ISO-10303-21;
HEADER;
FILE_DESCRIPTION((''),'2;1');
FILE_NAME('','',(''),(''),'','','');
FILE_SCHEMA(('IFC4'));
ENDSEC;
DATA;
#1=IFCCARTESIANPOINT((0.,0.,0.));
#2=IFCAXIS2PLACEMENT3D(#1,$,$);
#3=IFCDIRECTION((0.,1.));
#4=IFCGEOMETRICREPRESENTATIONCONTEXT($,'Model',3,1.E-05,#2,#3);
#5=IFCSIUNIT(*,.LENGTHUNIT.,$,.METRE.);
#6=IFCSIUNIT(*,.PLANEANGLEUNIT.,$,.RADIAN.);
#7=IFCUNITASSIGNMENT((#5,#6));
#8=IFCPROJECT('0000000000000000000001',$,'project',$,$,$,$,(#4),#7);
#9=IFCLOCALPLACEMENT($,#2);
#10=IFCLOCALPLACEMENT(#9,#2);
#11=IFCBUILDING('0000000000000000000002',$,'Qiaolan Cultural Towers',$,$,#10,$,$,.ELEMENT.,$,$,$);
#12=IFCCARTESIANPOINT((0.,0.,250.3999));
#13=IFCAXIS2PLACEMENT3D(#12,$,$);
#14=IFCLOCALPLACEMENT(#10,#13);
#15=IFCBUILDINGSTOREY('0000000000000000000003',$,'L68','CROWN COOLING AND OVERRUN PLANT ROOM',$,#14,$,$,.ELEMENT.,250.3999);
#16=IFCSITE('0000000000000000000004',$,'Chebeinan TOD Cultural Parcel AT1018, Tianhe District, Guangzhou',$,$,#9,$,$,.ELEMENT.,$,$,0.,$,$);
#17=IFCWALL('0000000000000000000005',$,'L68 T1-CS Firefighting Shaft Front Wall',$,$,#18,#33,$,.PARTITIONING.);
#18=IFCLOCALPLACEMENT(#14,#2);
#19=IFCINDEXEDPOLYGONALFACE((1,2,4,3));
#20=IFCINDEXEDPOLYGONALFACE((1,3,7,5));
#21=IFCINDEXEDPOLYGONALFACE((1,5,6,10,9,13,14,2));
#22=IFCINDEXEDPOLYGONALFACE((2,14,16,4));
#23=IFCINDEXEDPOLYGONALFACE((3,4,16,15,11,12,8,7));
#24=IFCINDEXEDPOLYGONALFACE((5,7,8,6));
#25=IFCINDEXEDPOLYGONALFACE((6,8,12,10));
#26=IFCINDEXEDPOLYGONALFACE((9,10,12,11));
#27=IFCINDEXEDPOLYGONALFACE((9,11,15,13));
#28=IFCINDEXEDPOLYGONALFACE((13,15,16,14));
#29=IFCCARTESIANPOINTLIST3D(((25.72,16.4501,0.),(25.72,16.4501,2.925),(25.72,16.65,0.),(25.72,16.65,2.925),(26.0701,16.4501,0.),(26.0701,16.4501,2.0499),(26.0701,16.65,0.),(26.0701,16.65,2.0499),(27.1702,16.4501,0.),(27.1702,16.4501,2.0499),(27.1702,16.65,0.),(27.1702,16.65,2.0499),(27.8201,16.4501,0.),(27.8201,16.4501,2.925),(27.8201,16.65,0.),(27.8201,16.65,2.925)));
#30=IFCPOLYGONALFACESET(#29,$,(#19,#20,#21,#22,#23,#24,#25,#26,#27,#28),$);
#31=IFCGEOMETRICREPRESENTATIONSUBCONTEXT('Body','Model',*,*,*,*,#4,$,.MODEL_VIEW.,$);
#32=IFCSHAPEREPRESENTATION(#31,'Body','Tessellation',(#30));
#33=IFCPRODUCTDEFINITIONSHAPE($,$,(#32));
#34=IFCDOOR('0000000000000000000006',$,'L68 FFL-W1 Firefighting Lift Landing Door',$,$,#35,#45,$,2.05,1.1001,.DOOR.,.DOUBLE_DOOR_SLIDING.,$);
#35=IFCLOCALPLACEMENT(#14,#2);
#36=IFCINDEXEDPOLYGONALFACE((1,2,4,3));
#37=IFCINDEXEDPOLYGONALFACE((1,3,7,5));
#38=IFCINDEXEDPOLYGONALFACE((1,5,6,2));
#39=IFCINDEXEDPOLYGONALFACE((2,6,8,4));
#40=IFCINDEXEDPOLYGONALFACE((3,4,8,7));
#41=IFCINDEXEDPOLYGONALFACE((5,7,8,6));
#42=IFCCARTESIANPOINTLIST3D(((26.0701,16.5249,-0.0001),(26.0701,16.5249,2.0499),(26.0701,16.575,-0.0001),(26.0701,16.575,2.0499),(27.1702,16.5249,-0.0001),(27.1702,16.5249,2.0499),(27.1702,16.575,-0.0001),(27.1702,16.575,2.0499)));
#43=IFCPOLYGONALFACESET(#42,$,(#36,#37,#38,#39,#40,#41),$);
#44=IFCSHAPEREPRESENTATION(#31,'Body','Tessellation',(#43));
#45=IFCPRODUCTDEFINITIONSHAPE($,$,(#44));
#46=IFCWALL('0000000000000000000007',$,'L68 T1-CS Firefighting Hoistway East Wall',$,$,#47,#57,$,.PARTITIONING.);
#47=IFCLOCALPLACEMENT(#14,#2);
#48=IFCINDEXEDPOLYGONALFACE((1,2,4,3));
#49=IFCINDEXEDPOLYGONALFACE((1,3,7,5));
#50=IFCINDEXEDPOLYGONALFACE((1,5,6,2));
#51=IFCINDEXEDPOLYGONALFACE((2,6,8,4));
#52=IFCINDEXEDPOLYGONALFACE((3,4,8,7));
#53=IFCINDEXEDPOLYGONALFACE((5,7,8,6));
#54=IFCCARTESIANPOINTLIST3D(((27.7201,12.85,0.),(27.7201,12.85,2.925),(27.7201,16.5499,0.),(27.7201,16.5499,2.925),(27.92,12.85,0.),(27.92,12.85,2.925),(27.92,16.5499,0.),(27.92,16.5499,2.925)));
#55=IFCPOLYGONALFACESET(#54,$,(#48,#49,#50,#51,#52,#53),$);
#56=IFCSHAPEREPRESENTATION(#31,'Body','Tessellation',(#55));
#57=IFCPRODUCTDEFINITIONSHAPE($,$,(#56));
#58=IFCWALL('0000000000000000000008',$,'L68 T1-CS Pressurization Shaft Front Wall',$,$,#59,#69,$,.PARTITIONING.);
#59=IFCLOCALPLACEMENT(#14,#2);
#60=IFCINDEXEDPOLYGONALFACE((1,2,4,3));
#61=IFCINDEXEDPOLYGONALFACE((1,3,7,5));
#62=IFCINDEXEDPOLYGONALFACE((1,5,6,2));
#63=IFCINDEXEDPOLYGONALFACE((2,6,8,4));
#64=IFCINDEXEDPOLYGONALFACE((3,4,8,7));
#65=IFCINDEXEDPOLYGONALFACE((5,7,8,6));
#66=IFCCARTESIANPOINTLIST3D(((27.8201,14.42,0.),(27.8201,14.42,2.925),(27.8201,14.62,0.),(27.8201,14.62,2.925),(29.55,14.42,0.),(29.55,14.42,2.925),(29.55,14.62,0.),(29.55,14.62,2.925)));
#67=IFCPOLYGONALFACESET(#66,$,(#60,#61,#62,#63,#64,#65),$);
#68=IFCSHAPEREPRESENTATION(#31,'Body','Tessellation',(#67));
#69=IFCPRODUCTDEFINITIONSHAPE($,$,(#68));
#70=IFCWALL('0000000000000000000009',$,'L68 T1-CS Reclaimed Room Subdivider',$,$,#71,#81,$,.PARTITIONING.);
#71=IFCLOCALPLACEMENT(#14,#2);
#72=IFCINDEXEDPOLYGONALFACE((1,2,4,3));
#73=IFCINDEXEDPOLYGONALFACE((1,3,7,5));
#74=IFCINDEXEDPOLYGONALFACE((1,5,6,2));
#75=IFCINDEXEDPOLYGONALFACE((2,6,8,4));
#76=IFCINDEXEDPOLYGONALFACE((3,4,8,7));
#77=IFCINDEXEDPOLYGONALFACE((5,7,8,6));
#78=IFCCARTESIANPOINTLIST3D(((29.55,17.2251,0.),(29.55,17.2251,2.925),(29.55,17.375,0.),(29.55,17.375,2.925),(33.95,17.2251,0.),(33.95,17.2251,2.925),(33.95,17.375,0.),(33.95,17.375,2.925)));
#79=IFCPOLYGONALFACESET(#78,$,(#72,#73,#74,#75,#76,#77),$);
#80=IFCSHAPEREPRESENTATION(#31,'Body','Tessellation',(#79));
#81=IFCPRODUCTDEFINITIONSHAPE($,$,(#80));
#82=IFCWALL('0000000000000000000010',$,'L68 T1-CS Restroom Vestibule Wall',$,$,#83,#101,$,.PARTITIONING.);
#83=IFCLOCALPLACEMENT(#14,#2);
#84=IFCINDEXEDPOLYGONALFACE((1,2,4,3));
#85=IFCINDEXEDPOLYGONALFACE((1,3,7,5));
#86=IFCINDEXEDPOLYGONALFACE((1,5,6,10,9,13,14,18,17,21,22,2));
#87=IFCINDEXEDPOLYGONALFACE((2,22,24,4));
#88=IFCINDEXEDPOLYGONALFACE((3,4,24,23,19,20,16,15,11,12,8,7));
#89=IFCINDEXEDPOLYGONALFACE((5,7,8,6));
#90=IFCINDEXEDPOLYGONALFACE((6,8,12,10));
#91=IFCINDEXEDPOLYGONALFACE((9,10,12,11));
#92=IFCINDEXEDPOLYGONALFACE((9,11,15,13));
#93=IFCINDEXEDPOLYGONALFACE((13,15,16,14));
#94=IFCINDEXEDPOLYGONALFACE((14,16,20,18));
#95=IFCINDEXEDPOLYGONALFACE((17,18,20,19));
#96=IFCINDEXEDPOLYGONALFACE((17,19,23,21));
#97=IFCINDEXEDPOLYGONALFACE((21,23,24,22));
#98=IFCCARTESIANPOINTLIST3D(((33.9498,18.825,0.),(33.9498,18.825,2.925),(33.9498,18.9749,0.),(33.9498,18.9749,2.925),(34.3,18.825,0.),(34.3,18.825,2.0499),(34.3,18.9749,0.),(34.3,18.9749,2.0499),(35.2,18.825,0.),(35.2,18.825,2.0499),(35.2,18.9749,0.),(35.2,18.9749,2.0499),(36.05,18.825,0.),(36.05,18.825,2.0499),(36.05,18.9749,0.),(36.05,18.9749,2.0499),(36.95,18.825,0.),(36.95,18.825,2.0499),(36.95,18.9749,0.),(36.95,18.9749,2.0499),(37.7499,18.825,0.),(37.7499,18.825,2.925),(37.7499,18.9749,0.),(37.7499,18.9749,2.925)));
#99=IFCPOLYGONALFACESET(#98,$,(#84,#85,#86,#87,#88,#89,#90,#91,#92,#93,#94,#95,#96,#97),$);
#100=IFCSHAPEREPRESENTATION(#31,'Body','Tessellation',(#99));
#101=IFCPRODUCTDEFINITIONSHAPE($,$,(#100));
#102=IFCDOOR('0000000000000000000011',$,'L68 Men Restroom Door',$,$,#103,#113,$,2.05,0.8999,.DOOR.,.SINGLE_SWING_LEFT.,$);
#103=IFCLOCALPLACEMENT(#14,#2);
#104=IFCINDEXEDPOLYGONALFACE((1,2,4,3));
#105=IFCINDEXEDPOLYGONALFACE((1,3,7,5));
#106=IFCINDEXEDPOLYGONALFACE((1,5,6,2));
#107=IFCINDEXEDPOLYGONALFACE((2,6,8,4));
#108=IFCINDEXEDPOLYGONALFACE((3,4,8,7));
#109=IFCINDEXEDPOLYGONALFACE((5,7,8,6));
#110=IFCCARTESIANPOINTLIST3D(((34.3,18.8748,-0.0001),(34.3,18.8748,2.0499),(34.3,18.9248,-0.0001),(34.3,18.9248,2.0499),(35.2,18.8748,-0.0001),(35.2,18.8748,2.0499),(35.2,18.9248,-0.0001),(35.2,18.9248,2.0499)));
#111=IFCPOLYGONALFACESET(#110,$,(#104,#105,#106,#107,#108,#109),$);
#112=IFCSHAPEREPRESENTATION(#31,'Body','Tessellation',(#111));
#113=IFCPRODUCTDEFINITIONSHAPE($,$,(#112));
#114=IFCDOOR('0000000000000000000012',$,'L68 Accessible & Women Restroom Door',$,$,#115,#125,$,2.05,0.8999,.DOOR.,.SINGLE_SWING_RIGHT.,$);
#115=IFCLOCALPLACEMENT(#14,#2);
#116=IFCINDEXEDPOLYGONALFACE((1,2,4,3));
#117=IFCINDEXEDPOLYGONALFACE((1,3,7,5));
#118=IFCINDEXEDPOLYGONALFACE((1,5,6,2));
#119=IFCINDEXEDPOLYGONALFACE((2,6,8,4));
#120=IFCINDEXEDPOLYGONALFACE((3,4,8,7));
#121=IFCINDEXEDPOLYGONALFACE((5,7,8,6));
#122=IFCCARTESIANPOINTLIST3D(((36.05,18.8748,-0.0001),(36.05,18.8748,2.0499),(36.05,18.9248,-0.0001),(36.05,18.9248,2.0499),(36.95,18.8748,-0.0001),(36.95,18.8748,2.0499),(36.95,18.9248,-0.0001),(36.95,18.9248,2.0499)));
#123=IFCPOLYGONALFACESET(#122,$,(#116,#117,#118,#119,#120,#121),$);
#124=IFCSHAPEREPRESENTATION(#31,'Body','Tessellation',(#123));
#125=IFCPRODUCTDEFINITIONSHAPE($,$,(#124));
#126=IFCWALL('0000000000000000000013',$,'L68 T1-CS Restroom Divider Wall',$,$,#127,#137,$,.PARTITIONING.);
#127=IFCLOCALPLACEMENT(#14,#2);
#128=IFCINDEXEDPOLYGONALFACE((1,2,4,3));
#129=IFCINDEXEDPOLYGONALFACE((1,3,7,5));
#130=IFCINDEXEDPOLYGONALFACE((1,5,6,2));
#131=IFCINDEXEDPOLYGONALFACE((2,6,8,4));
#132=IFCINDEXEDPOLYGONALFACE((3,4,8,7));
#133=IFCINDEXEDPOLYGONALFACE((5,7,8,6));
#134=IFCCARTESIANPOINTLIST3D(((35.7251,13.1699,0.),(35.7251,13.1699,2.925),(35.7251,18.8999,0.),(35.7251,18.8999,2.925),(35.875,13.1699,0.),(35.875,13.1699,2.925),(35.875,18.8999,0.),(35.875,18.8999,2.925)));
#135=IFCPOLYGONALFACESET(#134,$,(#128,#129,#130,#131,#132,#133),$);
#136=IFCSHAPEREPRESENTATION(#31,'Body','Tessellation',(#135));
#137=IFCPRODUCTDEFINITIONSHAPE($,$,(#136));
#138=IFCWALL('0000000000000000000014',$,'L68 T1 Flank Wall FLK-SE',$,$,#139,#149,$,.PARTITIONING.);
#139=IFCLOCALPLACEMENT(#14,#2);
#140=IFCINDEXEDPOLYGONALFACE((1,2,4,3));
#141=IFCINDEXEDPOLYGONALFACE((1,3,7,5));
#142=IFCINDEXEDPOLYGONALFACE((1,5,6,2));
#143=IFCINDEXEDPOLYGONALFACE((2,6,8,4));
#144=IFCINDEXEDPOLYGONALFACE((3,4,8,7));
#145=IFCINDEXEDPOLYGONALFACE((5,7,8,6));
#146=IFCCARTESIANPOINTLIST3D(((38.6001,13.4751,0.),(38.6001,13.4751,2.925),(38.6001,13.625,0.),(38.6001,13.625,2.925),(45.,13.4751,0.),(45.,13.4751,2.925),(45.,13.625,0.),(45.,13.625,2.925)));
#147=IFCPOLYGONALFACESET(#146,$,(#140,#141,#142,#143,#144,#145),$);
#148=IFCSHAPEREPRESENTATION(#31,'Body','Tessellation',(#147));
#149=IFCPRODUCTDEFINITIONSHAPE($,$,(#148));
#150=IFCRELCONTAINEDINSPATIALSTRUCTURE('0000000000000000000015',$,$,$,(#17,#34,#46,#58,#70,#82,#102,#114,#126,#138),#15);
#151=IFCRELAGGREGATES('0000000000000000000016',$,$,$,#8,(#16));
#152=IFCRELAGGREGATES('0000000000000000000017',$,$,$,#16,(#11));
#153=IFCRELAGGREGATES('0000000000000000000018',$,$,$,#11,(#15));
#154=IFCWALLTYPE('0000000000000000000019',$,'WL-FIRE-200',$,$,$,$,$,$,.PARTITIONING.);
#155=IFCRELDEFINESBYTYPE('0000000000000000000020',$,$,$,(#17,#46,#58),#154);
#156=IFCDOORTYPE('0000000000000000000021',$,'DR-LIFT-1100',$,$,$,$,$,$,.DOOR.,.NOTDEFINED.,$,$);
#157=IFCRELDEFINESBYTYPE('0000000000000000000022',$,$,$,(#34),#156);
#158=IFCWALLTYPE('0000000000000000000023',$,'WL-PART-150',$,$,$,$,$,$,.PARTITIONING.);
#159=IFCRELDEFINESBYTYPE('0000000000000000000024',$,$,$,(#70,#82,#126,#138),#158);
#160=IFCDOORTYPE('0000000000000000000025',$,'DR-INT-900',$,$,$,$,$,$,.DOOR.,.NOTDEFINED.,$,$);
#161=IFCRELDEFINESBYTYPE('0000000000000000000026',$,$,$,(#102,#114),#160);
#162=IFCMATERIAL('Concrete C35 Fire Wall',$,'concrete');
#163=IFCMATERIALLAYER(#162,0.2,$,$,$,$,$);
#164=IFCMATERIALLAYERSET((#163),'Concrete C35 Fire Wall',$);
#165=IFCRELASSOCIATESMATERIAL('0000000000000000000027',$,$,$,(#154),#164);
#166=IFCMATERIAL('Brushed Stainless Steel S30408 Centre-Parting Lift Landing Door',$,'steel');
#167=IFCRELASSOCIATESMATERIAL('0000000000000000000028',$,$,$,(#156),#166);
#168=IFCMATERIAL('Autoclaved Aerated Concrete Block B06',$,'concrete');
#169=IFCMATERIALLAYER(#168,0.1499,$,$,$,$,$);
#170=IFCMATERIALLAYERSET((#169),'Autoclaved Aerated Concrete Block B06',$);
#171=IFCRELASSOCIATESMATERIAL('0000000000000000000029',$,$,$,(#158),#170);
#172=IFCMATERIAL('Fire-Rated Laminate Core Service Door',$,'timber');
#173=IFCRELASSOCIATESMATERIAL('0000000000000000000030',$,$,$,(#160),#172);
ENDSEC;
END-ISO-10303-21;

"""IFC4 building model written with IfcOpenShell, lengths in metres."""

from ifc_helpers import new_model, si_unit, direction, frame, frame_2d, origin, place, context, subcontext, project, spatial, rectangle, extrude, material, layer, layer_set, type_object, element, fill, save


model = new_model("IFC4")

# Units and contexts
model_context = context("Model", 3, precision=1e-05, world=origin(), true_north=direction((0.0, 1.0)))
body_context = subcontext(model_context, "Body", "Model", "MODEL_VIEW")
ifc_project = project(units=[si_unit("LENGTHUNIT", "METRE"), si_unit("PLANEANGLEUNIT", "RADIAN")], contexts=[model_context])

# Site, building, storey
site_placement = place(None, origin())
site = spatial("IfcSite", under=ifc_project, at=site_placement, Name="Chebeinan TOD Cultural Parcel AT1018, Tianhe District, Guangzhou", CompositionType="ELEMENT", RefElevation=0.0)
building_placement = place(site_placement, origin())
building = spatial("IfcBuilding", under=site, at=building_placement, Name="Qiaolan Cultural Towers", CompositionType="ELEMENT")
storey_placement = place(building_placement, frame((0.0, 0.0, 250.3999)))
storey = spatial("IfcBuildingStorey", under=building, at=storey_placement, Name="L68", Description="CROWN COOLING AND OVERRUN PLANT ROOM", CompositionType="ELEMENT", Elevation=250.3999)

# Shared definitions
ifc_material_1 = material(Name="Concrete C35 Fire Wall", Category="concrete")
ifc_layer_1 = layer(ifc_material_1, 0.2)
ifc_layer_set_1 = layer_set([ifc_layer_1], Name="Concrete C35 Fire Wall")
wall_type_1 = type_object("IfcWallType", Name="WL-FIRE-200", PredefinedType="PARTITIONING", material=ifc_layer_set_1)

# Wall, opening, door
wall_1_placement = place(storey_placement, frame((25.72, 16.55, 0.0), z_axis=(0.0, 0.0, 1.0), x_axis=(1.0, 0.0, 0.0)))
wall_1 = element("IfcWall", 1, at=wall_1_placement, inside=storey, type_object=wall_type_1, Name="L68 T1-CS Firefighting Shaft Front Wall", PredefinedType="PARTITIONING", context=body_context, shape_type="SweptSolid", body=[
    extrude(rectangle(XDim=2.1001, YDim=0.2, at=frame_2d((1.05, 0.0))), origin(), (0.0, 0.0, 1.0), 2.925),
])
opening_1_placement = place(wall_1_placement, frame((0.3501, 0.0, 0.0)))
opening_1 = element("IfcOpeningElement", 2, at=opening_1_placement, cuts=wall_1, PredefinedType="OPENING", context=body_context, shape_type="SweptSolid", body=[
    extrude(rectangle(XDim=1.1001, YDim=2.05, at=frame_2d((0.55, 1.0249))), frame((0.0, 0.1099, 0.0), z_axis=(0.0, -1.0, 0.0), x_axis=(1.0, 0.0, 0.0)), (0.0, 0.0, 1.0), 0.22),
])
ifc_material_2 = material(Name="Brushed Stainless Steel S30408 Centre-Parting Lift Landing Door", Category="steel")
door_type_1 = type_object("IfcDoorType", Name="DR-LIFT-1100", OperationType="NOTDEFINED", PredefinedType="DOOR", material=ifc_material_2)
door_1_placement = place(opening_1_placement, origin())
door_1 = element("IfcDoor", 3, at=door_1_placement, inside=storey, type_object=door_type_1, Name="L68 FFL-W1 Firefighting Lift Landing Door", OperationType="DOUBLE_DOOR_SLIDING", OverallHeight=2.05, OverallWidth=1.1001, PredefinedType="DOOR", context=body_context, shape_type="SweptSolid", body=[
    extrude(rectangle(XDim=1.1001, YDim=2.05, at=frame_2d((0.55, 1.0249))), frame((0.0, 0.0249, 0.0), z_axis=(0.0, -1.0, 0.0), x_axis=(1.0, 0.0, 0.0)), (0.0, 0.0, 1.0), 0.05),
])
fill(opening_1, door_1)

# Walls
wall_2_placement = place(storey_placement, frame((27.8201, 16.55, 0.0), z_axis=(0.0, 0.0, 1.0), x_axis=(0.0, -1.0, 0.0)))
element("IfcWall", 4, at=wall_2_placement, inside=storey, type_object=wall_type_1, Name="L68 T1-CS Firefighting Hoistway East Wall", PredefinedType="PARTITIONING", context=body_context, shape_type="SweptSolid", body=[
    extrude(rectangle(XDim=3.7, YDim=0.2, at=frame_2d((1.8501, 0.0))), origin(), (0.0, 0.0, 1.0), 2.925),
])
wall_3_placement = place(storey_placement, frame((27.8201, 14.52, 0.0), z_axis=(0.0, 0.0, 1.0), x_axis=(1.0, 0.0, 0.0)))
element("IfcWall", 5, at=wall_3_placement, inside=storey, type_object=wall_type_1, Name="L68 T1-CS Pressurization Shaft Front Wall", PredefinedType="PARTITIONING", context=body_context, shape_type="SweptSolid", body=[
    extrude(rectangle(XDim=1.73, YDim=0.2, at=frame_2d((0.865, 0.0))), origin(), (0.0, 0.0, 1.0), 2.925),
])
ifc_material_3 = material(Name="Autoclaved Aerated Concrete Block B06", Category="concrete")
ifc_layer_2 = layer(ifc_material_3, 0.1499)
ifc_layer_set_2 = layer_set([ifc_layer_2], Name="Autoclaved Aerated Concrete Block B06")
wall_type_2 = type_object("IfcWallType", Name="WL-PART-150", PredefinedType="PARTITIONING", material=ifc_layer_set_2)
wall_4_placement = place(storey_placement, frame((29.55, 17.3, 0.0), z_axis=(0.0, 0.0, 1.0), x_axis=(1.0, 0.0, 0.0)))
element("IfcWall", 6, at=wall_4_placement, inside=storey, type_object=wall_type_2, Name="L68 T1-CS Reclaimed Room Subdivider", PredefinedType="PARTITIONING", context=body_context, shape_type="SweptSolid", body=[
    extrude(rectangle(XDim=4.3999, YDim=0.1499, at=frame_2d((2.2, 0.0))), origin(), (0.0, 0.0, 1.0), 2.925),
])

# Wall, openings, doors
wall_5_placement = place(storey_placement, frame((33.95, 18.8999, 0.0), z_axis=(0.0, 0.0, 1.0), x_axis=(1.0, 0.0, 0.0)))
wall_5 = element("IfcWall", 7, at=wall_5_placement, inside=storey, type_object=wall_type_2, Name="L68 T1-CS Restroom Vestibule Wall", PredefinedType="PARTITIONING", context=body_context, shape_type="SweptSolid", body=[
    extrude(rectangle(XDim=3.8, YDim=0.1499, at=frame_2d((1.8999, 0.0))), origin(), (0.0, 0.0, 1.0), 2.925),
])
opening_2_placement = place(wall_5_placement, frame((0.3501, 0.0, 0.0)))
opening_2 = element("IfcOpeningElement", 8, at=opening_2_placement, cuts=wall_5, PredefinedType="OPENING", context=body_context, shape_type="SweptSolid", body=[
    extrude(rectangle(XDim=0.8999, YDim=2.05, at=frame_2d((0.45, 1.0249))), frame((0.0, 0.085, 0.0), z_axis=(0.0, -1.0, 0.0), x_axis=(1.0, 0.0, 0.0)), (0.0, 0.0, 1.0), 0.1699),
])
opening_3_placement = place(wall_5_placement, frame((2.1001, 0.0, 0.0)))
opening_3 = element("IfcOpeningElement", 9, at=opening_3_placement, cuts=wall_5, PredefinedType="OPENING", context=body_context, shape_type="SweptSolid", body=[
    extrude(rectangle(XDim=0.8999, YDim=2.05, at=frame_2d((0.45, 1.0249))), frame((0.0, 0.085, 0.0), z_axis=(0.0, -1.0, 0.0), x_axis=(1.0, 0.0, 0.0)), (0.0, 0.0, 1.0), 0.1699),
])
ifc_material_4 = material(Name="Fire-Rated Laminate Core Service Door", Category="timber")
door_type_2 = type_object("IfcDoorType", Name="DR-INT-900", OperationType="NOTDEFINED", PredefinedType="DOOR", material=ifc_material_4)
door_2_placement = place(opening_2_placement, origin())
door_2 = element("IfcDoor", 10, at=door_2_placement, inside=storey, type_object=door_type_2, Name="L68 Men Restroom Door", OperationType="SINGLE_SWING_LEFT", OverallHeight=2.05, OverallWidth=0.8999, PredefinedType="DOOR", context=body_context, shape_type="SweptSolid", body=[
    extrude(rectangle(XDim=0.8999, YDim=2.05, at=frame_2d((0.45, 1.0249))), frame((0.0, 0.0249, 0.0), z_axis=(0.0, -1.0, 0.0), x_axis=(1.0, 0.0, 0.0)), (0.0, 0.0, 1.0), 0.05),
])
fill(opening_2, door_2)
door_3_placement = place(opening_3_placement, origin())
door_3 = element("IfcDoor", 11, at=door_3_placement, inside=storey, type_object=door_type_2, Name="L68 Accessible & Women Restroom Door", OperationType="SINGLE_SWING_RIGHT", OverallHeight=2.05, OverallWidth=0.8999, PredefinedType="DOOR", context=body_context, shape_type="SweptSolid", body=[
    extrude(rectangle(XDim=0.8999, YDim=2.05, at=frame_2d((0.45, 1.0249))), frame((0.0, 0.0249, 0.0), z_axis=(0.0, -1.0, 0.0), x_axis=(1.0, 0.0, 0.0)), (0.0, 0.0, 1.0), 0.05),
])
fill(opening_3, door_3)

# Walls
wall_6_placement = place(storey_placement, frame((35.8, 18.8999, 0.0), z_axis=(0.0, 0.0, 1.0), x_axis=(0.0, -1.0, 0.0)))
element("IfcWall", 12, at=wall_6_placement, inside=storey, type_object=wall_type_2, Name="L68 T1-CS Restroom Divider Wall", PredefinedType="PARTITIONING", context=body_context, shape_type="SweptSolid", body=[
    extrude(rectangle(XDim=5.73, YDim=0.1499, at=frame_2d((2.865, 0.0))), origin(), (0.0, 0.0, 1.0), 2.925),
])
wall_7_placement = place(storey_placement, frame((38.6001, 13.55, 0.0), z_axis=(0.0, 0.0, 1.0), x_axis=(1.0, 0.0, 0.0)))
element("IfcWall", 13, at=wall_7_placement, inside=storey, type_object=wall_type_2, Name="L68 T1 Flank Wall FLK-SE", PredefinedType="PARTITIONING", context=body_context, shape_type="SweptSolid", body=[
    extrude(rectangle(XDim=6.3999, YDim=0.1499, at=frame_2d((3.2, 0.0))), origin(), (0.0, 0.0, 1.0), 2.925),
])

save(model, "model.ifc")
